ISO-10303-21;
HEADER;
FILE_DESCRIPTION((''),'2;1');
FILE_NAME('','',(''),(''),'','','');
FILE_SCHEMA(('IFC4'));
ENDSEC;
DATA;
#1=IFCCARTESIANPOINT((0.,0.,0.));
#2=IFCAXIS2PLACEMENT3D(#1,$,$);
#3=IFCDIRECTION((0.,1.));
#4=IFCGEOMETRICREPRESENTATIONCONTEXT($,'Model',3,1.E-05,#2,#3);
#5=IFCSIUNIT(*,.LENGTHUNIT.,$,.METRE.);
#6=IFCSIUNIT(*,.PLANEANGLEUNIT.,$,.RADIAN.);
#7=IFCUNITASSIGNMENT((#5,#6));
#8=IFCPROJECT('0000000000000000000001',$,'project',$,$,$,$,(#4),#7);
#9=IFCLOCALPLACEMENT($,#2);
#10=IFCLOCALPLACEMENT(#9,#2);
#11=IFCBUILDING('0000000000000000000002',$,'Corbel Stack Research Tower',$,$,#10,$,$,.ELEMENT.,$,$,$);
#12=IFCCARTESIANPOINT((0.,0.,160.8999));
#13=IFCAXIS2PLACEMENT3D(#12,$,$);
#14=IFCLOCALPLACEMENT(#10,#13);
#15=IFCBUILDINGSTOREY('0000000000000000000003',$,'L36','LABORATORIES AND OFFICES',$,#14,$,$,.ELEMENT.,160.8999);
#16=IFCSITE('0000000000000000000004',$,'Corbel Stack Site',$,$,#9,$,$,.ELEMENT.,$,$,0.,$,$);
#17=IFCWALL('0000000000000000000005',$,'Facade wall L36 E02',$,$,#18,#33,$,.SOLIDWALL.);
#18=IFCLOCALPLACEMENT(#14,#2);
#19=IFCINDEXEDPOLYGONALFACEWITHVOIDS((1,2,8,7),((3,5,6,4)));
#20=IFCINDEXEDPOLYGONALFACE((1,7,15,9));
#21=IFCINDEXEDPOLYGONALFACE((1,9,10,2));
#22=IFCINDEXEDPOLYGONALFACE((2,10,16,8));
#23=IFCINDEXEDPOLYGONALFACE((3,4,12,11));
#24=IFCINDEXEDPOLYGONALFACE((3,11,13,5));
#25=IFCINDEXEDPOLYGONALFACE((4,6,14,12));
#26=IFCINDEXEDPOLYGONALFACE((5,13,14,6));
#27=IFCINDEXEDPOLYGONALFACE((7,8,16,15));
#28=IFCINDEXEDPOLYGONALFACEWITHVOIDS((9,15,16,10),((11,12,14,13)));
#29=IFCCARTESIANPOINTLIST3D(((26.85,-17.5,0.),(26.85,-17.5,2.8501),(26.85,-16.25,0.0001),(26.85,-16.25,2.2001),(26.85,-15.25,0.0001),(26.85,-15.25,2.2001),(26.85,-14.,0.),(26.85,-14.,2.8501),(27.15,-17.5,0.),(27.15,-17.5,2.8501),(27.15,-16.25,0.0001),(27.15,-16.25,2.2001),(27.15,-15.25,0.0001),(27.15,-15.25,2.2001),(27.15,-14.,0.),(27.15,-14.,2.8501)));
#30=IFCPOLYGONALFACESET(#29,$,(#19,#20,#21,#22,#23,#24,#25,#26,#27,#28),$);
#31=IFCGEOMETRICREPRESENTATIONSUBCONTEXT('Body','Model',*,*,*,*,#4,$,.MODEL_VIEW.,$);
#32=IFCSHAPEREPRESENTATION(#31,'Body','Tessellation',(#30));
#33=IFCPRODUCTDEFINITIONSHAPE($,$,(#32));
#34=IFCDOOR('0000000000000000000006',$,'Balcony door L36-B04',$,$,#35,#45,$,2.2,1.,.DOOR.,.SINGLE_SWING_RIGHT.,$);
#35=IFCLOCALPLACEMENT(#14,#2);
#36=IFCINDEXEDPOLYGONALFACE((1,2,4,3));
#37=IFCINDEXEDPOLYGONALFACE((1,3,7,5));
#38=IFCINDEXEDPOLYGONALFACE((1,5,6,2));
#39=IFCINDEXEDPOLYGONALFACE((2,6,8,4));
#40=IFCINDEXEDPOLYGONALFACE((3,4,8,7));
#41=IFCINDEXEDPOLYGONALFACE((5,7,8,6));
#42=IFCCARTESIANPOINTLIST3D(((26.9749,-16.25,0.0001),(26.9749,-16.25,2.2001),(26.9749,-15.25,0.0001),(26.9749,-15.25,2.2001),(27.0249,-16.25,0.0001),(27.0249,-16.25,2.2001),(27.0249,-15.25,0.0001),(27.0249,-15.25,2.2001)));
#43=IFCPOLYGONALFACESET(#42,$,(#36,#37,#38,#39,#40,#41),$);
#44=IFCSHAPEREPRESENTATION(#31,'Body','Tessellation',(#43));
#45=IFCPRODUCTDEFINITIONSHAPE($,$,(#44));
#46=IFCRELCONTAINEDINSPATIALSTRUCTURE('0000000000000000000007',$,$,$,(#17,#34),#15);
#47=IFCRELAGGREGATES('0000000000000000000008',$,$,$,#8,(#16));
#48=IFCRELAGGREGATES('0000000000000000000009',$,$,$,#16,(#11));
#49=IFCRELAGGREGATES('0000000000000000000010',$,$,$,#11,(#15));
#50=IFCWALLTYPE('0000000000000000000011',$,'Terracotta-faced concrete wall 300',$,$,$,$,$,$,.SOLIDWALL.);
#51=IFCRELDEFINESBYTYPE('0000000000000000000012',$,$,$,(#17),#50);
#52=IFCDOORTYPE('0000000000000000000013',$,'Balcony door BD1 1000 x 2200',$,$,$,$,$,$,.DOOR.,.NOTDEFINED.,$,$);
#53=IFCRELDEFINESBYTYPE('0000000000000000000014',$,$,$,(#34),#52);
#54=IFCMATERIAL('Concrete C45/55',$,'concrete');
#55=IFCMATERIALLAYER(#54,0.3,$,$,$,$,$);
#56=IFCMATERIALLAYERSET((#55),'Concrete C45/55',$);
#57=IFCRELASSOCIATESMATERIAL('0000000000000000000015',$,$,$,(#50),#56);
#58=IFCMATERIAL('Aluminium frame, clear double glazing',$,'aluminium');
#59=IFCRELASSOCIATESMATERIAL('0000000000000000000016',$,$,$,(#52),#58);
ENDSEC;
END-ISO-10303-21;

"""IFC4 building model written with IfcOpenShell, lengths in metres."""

from ifc_helpers import new_model, si_unit, direction, frame, frame_2d, origin, place, context, subcontext, project, spatial, rectangle, extrude, material, layer, layer_set, type_object, element, fill, save


model = new_model("IFC4")

# Units and contexts
model_context = context("Model", 3, precision=1e-05, world=origin(), true_north=direction((0.0, 1.0)))
body_context = subcontext(model_context, "Body", "Model", "MODEL_VIEW")
ifc_project = project(units=[si_unit("LENGTHUNIT", "METRE"), si_unit("PLANEANGLEUNIT", "RADIAN")], contexts=[model_context])

# Site, building, storey
site_placement = place(None, origin())
site = spatial("IfcSite", under=ifc_project, at=site_placement, Name="Corbel Stack Site", CompositionType="ELEMENT", RefElevation=0.0)
building_placement = place(site_placement, origin())
building = spatial("IfcBuilding", under=site, at=building_placement, Name="Corbel Stack Research Tower", CompositionType="ELEMENT")
storey_placement = place(building_placement, frame((0.0, 0.0, 160.8999)))
storey = spatial("IfcBuildingStorey", under=building, at=storey_placement, Name="L36", Description="LABORATORIES AND OFFICES", CompositionType="ELEMENT", Elevation=160.8999)

# Shared definitions
ifc_material_1 = material(Name="Concrete C45/55", Category="concrete")
ifc_layer_1 = layer(ifc_material_1, 0.3)
ifc_layer_set_1 = layer_set([ifc_layer_1], Name="Concrete C45/55")
wall_type_1 = type_object("IfcWallType", Name="Terracotta-faced concrete wall 300", PredefinedType="SOLIDWALL", material=ifc_layer_set_1)

# Wall, opening, door
wall_1_placement = place(storey_placement, frame((27.0, -14.0, 0.0), z_axis=(0.0, 0.0, 1.0), x_axis=(0.0, -1.0, 0.0)))
wall_1 = element("IfcWall", 1, at=wall_1_placement, inside=storey, type_object=wall_type_1, Name="Facade wall L36 E02", PredefinedType="SOLIDWALL", context=body_context, shape_type="SweptSolid", body=[
    extrude(rectangle(XDim=3.5, YDim=0.3, at=frame_2d((1.75, 0.0))), origin(), (0.0, 0.0, 1.0), 2.8501),
])
opening_1_placement = place(wall_1_placement, frame((1.25, 0.0, 0.0)))
opening_1 = element("IfcOpeningElement", 2, at=opening_1_placement, cuts=wall_1, PredefinedType="OPENING", context=body_context, shape_type="SweptSolid", body=[
    extrude(rectangle(XDim=1.0, YDim=2.2, at=frame_2d((0.5, 1.1001))), frame((0.0, 0.1599, 0.0), z_axis=(0.0, -1.0, 0.0), x_axis=(1.0, 0.0, 0.0)), (0.0, 0.0, 1.0), 0.3201),
])
ifc_material_2 = material(Name="Aluminium frame, clear double glazing", Category="aluminium")
door_type_1 = type_object("IfcDoorType", Name="Balcony door BD1 1000 x 2200", OperationType="NOTDEFINED", PredefinedType="DOOR", material=ifc_material_2)
door_1_placement = place(opening_1_placement, origin())
door_1 = element("IfcDoor", 3, at=door_1_placement, inside=storey, type_object=door_type_1, Name="Balcony door L36-B04", OperationType="SINGLE_SWING_RIGHT", OverallHeight=2.2, OverallWidth=1.0, PredefinedType="DOOR", context=body_context, shape_type="SweptSolid", body=[
    extrude(rectangle(XDim=1.0, YDim=2.2, at=frame_2d((0.5, 1.1001))), frame((0.0, 0.0249, 0.0), z_axis=(0.0, -1.0, 0.0), x_axis=(1.0, 0.0, 0.0)), (0.0, 0.0, 1.0), 0.05),
])
fill(opening_1, door_1)

save(model, "model.ifc")
